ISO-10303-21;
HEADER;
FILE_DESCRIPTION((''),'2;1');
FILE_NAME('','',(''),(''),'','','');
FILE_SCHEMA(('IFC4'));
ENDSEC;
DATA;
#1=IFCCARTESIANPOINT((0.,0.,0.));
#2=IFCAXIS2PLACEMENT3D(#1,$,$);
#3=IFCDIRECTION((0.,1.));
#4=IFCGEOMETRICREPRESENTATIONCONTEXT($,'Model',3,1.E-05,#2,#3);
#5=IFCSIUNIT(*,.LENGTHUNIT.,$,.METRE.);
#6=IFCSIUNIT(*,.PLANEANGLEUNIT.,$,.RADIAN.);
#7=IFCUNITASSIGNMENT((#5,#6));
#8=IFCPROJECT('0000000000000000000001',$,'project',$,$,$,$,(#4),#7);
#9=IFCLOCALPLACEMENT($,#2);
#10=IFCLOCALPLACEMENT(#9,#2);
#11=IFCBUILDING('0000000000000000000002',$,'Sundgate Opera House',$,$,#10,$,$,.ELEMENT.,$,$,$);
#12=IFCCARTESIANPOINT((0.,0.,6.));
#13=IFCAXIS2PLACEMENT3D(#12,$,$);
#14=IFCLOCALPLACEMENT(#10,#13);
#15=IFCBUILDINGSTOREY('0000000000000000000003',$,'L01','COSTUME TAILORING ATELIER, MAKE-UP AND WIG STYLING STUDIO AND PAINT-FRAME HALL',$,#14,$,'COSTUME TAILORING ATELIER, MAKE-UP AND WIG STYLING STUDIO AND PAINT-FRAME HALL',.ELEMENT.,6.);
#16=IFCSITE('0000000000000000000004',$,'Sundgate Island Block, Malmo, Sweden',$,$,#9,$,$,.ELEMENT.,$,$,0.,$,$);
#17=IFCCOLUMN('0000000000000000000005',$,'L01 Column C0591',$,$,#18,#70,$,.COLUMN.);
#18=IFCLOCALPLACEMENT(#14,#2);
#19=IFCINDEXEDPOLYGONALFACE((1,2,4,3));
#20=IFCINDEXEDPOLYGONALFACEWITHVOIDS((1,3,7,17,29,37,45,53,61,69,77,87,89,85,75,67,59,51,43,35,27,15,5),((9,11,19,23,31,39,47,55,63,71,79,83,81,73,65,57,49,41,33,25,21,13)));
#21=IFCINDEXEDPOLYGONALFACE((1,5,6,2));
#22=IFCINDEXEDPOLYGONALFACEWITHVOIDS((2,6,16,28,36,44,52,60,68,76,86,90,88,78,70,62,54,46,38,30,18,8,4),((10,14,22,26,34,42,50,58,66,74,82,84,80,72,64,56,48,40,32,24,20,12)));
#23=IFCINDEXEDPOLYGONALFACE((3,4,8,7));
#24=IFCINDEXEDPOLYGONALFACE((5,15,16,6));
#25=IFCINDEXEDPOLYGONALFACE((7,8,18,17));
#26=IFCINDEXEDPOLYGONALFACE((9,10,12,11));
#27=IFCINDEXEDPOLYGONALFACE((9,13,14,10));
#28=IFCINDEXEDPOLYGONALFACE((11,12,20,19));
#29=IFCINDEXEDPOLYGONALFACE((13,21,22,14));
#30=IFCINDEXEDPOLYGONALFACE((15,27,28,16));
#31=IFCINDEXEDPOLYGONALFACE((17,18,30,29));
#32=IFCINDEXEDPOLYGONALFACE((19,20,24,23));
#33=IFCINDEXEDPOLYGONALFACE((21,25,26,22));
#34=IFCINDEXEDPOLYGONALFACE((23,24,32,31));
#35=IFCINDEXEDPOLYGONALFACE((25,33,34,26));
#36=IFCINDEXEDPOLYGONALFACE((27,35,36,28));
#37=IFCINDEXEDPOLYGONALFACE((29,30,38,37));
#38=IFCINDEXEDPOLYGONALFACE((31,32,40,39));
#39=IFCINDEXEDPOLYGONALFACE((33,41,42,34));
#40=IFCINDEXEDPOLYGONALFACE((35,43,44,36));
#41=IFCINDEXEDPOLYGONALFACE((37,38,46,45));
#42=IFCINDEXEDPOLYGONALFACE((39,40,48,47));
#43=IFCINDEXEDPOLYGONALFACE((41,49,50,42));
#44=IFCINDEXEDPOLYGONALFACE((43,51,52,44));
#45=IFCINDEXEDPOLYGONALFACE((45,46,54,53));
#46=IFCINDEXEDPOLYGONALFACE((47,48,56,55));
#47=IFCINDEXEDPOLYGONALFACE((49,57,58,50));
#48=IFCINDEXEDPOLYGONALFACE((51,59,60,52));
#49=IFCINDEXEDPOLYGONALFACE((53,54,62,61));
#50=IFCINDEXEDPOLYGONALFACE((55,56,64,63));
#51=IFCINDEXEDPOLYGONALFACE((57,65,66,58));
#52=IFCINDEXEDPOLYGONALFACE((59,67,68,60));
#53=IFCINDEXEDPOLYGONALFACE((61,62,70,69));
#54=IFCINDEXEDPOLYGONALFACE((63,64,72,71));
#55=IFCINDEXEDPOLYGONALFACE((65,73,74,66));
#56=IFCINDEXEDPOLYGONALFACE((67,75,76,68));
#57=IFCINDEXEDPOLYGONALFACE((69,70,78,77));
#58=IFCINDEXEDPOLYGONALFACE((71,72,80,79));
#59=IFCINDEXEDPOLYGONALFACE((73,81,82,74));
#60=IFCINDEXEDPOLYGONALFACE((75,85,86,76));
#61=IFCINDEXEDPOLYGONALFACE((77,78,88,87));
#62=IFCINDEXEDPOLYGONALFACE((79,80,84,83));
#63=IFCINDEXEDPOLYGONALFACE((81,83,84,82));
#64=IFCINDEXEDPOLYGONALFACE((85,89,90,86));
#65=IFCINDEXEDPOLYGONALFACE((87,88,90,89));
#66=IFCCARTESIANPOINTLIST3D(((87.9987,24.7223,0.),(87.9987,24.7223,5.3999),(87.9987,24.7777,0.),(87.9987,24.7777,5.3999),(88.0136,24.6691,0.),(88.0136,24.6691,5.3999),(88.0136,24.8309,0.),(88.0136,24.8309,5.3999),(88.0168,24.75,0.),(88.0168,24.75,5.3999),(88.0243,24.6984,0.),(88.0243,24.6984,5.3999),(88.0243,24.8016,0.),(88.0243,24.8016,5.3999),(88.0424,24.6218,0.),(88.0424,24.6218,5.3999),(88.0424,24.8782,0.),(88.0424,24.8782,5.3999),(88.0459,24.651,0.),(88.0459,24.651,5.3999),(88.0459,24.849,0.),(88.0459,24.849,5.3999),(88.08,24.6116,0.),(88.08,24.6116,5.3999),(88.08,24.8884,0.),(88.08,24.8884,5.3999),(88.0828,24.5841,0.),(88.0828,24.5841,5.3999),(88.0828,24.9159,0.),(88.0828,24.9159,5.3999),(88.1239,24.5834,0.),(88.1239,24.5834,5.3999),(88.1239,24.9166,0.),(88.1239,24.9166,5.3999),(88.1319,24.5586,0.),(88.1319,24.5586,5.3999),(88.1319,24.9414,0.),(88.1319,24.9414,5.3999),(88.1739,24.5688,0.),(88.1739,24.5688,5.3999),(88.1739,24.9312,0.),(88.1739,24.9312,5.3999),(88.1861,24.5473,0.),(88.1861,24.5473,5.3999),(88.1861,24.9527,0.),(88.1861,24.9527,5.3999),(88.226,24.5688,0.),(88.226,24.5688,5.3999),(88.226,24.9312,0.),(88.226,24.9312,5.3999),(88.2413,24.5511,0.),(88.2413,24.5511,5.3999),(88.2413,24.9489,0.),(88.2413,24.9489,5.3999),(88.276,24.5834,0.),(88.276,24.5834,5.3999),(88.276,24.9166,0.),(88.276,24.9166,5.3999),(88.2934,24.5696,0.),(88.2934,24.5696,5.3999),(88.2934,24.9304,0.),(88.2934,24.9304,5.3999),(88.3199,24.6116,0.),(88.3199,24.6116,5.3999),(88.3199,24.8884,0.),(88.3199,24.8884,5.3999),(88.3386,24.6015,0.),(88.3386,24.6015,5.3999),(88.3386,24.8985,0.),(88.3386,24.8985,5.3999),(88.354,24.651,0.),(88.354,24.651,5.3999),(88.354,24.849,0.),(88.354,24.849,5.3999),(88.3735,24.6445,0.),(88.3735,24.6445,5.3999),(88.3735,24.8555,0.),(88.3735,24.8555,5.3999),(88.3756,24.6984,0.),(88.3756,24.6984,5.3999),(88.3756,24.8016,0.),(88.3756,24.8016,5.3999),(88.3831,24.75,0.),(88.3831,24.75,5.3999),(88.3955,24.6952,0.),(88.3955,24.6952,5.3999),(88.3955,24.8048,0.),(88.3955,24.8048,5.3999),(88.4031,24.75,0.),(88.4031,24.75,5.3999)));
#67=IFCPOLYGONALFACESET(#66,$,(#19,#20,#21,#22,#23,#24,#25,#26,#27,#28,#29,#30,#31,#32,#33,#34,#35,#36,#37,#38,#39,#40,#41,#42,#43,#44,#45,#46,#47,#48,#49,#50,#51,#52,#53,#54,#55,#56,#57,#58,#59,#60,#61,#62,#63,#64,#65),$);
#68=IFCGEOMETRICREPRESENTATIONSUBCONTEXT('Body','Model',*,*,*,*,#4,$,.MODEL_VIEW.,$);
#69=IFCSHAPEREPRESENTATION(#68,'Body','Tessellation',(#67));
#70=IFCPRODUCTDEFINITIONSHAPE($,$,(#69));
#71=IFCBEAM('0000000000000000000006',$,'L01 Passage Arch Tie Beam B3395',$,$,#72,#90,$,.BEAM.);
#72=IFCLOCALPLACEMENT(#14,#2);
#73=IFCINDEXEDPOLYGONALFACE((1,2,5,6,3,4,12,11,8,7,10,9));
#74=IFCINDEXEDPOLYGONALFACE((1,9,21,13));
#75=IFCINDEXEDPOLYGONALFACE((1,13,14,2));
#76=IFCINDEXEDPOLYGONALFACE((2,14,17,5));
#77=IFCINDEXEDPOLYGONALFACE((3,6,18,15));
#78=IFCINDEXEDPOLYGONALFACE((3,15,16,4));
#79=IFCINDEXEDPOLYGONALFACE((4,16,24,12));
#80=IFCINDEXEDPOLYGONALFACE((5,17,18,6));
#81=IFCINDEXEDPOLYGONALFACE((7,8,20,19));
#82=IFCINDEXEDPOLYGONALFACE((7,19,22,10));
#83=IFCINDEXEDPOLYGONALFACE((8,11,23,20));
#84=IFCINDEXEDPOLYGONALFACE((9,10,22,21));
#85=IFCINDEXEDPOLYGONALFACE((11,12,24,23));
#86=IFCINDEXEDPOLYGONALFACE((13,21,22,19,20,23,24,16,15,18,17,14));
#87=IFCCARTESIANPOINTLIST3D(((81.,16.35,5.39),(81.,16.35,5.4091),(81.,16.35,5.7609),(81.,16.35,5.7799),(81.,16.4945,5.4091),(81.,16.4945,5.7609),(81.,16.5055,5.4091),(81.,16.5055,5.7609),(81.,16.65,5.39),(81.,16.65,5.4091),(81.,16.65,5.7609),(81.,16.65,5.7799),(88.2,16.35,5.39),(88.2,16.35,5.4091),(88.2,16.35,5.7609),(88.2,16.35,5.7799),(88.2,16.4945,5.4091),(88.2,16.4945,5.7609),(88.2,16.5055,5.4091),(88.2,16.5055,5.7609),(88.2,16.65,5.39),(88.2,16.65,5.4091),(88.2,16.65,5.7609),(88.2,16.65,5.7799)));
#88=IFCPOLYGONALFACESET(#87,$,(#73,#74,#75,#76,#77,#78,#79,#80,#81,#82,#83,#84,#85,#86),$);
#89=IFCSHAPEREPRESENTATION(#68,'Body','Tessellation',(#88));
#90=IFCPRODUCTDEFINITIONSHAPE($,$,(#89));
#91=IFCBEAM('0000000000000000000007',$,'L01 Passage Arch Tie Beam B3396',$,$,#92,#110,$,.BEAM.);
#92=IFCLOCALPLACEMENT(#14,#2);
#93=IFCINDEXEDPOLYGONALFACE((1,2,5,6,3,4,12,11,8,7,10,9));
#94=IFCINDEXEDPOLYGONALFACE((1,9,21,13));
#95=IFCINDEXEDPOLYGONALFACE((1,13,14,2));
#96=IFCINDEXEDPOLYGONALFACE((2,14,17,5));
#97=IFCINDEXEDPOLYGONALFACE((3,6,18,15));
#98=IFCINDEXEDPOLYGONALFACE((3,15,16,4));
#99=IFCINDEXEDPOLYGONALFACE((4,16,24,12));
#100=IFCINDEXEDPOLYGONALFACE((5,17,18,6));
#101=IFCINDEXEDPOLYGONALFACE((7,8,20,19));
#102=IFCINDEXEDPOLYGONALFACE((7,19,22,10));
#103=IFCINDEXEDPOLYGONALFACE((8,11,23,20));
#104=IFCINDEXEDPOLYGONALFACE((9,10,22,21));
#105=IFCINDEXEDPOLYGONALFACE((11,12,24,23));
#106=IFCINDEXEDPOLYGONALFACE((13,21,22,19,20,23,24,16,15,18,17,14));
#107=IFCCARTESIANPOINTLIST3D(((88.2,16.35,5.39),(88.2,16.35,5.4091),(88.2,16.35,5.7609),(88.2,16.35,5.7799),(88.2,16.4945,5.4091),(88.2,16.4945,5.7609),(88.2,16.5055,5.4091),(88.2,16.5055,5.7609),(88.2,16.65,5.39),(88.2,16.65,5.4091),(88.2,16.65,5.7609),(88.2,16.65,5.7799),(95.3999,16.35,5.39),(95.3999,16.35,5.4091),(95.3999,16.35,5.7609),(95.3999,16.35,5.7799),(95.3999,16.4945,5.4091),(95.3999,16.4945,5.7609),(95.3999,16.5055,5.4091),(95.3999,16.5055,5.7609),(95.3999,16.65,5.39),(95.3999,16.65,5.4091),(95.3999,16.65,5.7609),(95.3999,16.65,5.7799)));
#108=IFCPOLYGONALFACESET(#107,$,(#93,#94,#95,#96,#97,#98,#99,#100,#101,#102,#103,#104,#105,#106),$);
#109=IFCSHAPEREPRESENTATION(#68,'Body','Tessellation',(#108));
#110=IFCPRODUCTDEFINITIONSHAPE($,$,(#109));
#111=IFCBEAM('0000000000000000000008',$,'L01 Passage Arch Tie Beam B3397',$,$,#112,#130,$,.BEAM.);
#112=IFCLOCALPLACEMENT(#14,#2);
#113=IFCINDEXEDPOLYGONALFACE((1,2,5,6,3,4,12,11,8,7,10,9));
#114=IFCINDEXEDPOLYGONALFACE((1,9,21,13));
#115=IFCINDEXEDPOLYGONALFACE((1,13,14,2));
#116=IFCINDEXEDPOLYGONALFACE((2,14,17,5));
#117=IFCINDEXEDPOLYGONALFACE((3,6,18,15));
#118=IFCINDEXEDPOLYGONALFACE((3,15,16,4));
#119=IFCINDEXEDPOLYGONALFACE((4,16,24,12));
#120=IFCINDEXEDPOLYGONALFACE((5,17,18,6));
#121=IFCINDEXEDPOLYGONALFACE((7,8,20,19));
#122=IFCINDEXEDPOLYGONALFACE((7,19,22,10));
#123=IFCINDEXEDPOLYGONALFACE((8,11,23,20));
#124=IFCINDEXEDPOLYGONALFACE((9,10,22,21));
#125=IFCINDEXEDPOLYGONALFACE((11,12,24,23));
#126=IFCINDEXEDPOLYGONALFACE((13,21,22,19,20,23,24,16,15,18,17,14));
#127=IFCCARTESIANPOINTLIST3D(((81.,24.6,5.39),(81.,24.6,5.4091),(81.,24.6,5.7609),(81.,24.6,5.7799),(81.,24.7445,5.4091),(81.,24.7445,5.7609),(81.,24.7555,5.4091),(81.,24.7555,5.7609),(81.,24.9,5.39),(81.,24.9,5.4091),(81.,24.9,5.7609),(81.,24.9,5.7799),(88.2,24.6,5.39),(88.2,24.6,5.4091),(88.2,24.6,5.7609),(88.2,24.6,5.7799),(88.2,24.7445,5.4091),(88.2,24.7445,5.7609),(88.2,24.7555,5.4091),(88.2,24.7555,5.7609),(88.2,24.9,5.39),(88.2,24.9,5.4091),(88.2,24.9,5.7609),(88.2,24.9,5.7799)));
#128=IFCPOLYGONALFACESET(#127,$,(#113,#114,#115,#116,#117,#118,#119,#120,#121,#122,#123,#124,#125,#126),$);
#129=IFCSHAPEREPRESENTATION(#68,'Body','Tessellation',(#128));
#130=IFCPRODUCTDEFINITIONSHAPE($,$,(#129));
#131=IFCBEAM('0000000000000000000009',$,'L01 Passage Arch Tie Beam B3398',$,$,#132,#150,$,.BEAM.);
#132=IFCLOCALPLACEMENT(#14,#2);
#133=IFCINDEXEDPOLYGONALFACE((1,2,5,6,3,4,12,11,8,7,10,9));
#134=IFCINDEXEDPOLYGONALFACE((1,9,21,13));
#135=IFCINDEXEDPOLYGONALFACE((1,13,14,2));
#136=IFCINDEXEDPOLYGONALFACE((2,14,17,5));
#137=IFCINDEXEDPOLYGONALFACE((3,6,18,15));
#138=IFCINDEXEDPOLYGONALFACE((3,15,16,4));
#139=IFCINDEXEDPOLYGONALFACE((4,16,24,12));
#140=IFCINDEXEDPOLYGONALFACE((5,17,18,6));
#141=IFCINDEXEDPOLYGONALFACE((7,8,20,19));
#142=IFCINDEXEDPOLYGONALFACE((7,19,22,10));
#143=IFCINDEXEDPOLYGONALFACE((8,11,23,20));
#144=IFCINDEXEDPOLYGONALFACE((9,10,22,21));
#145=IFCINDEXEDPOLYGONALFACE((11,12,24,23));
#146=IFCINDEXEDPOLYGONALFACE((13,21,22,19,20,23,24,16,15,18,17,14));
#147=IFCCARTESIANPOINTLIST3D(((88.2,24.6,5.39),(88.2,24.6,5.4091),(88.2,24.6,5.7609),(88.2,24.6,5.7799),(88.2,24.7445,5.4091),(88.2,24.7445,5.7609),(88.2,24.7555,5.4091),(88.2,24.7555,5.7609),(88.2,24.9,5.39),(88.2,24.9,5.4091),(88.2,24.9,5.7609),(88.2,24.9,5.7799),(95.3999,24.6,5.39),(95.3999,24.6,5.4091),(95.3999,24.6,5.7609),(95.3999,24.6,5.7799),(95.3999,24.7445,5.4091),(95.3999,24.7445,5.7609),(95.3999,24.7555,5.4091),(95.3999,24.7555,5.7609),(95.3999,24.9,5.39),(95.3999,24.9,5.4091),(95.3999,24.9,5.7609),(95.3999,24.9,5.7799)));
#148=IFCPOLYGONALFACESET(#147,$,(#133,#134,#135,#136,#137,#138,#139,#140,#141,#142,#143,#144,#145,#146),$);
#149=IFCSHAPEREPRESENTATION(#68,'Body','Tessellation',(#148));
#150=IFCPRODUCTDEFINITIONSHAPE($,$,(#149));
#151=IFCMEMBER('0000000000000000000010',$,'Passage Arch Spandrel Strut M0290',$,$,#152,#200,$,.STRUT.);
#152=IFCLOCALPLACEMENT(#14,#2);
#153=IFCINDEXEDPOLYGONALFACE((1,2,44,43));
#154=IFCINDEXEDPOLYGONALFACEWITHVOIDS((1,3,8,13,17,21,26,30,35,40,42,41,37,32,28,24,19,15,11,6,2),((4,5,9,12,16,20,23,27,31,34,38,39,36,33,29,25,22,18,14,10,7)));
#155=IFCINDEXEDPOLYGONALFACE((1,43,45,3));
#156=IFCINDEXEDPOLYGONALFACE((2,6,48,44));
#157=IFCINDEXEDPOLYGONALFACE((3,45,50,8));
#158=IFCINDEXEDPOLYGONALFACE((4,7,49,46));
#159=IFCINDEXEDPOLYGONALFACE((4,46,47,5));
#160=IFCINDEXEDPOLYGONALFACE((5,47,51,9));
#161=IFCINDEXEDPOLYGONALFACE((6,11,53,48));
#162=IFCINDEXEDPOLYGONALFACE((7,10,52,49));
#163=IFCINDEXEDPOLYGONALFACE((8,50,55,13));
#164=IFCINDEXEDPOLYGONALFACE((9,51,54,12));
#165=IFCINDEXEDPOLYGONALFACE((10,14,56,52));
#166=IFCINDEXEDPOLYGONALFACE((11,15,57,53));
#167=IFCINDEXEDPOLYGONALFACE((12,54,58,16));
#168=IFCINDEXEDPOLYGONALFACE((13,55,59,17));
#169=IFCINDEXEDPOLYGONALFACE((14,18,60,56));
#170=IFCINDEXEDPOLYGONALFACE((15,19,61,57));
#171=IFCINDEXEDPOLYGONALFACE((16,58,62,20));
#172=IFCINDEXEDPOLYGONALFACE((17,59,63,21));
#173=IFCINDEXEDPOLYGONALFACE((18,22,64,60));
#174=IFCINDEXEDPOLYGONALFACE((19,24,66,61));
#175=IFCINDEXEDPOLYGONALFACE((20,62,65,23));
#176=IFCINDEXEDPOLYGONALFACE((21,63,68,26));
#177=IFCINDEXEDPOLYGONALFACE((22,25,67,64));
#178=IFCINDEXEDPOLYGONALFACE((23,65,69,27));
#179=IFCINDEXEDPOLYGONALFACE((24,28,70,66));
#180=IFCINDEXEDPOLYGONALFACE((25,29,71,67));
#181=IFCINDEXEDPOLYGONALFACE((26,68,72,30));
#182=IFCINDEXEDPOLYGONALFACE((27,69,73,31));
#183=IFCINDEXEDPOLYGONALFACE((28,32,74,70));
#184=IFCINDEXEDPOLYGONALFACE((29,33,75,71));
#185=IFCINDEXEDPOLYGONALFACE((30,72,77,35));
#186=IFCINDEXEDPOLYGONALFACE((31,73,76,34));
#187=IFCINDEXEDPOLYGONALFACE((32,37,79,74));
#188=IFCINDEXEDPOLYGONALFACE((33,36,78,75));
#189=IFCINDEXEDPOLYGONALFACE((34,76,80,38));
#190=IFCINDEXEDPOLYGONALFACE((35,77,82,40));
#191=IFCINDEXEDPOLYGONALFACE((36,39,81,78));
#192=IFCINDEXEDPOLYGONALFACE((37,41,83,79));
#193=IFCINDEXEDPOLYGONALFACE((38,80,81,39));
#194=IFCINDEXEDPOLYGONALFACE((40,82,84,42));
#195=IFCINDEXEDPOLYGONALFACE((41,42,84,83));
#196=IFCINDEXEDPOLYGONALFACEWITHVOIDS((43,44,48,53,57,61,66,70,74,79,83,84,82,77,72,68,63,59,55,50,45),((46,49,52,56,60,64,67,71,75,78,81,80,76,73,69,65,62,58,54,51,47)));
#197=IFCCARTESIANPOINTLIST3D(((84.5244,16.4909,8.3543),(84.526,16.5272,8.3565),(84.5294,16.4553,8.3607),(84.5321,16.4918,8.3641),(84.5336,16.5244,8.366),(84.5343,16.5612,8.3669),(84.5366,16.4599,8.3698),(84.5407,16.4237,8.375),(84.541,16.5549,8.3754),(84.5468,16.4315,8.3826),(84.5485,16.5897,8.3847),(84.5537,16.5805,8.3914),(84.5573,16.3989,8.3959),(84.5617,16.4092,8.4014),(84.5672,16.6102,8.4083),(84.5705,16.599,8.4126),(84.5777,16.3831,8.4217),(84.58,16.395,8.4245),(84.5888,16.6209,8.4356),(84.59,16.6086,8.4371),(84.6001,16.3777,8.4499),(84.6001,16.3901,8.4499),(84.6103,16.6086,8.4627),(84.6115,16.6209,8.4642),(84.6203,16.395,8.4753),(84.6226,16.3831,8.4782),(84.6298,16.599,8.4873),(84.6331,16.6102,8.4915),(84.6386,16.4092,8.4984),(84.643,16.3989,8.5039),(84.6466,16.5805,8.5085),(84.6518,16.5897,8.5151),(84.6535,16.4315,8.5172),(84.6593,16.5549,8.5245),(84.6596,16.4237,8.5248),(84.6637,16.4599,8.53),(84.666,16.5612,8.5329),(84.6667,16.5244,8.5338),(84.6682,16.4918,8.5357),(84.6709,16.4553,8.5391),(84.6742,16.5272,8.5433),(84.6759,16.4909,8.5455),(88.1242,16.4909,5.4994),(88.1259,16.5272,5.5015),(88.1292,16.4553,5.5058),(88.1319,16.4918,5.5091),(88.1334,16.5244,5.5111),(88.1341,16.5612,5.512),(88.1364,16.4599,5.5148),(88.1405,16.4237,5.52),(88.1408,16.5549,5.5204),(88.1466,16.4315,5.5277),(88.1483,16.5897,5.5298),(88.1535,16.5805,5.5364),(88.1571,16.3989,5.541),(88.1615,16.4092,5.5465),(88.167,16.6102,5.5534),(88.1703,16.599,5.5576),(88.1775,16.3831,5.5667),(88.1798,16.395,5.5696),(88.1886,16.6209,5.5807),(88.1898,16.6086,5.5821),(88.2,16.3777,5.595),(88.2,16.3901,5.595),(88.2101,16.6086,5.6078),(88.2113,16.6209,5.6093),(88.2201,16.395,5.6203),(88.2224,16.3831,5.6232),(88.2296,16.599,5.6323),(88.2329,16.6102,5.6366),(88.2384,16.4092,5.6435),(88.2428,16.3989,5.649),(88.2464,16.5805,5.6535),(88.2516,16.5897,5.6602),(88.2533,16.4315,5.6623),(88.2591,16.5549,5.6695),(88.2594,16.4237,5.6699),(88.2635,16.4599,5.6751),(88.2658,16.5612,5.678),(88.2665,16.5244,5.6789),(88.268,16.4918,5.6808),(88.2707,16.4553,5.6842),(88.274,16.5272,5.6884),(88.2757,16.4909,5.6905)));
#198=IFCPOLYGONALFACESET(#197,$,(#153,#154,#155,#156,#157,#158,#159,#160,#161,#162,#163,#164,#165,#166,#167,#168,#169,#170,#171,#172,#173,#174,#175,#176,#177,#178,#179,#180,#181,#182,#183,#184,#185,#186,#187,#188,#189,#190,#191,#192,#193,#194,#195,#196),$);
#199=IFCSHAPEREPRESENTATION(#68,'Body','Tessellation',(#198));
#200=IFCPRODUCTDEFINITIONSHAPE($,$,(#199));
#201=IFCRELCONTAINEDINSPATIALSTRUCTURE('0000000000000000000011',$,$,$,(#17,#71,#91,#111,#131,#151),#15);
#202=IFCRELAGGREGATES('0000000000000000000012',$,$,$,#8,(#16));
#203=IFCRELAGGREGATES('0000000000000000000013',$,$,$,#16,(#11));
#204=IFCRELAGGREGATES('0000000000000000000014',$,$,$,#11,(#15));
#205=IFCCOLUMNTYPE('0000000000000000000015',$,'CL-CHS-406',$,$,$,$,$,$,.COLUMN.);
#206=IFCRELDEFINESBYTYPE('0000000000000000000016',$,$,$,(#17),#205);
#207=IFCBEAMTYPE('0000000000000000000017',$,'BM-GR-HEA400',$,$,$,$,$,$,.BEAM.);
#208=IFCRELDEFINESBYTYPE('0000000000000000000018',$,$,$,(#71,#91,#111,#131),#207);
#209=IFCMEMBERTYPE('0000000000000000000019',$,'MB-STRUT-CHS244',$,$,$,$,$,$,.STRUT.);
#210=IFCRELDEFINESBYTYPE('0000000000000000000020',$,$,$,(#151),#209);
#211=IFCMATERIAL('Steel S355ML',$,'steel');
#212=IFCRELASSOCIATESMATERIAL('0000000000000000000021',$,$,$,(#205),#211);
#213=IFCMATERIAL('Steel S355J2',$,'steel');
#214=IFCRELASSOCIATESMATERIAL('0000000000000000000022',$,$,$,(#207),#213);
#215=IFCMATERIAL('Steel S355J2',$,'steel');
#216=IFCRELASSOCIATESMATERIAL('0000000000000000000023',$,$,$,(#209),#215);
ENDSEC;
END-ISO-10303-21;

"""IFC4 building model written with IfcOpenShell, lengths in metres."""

from ifc_helpers import new_model, si_unit, direction, frame, origin, origin_2d, place, context, subcontext, project, spatial, hollow_circle, i_section, extrude, material, material_profile, profile_set, type_object, element, save


model = new_model("IFC4")

# Units and contexts
model_context = context("Model", 3, precision=1e-05, world=origin(), true_north=direction((0.0, 1.0)))
body_context = subcontext(model_context, "Body", "Model", "MODEL_VIEW")
ifc_project = project(units=[si_unit("LENGTHUNIT", "METRE"), si_unit("PLANEANGLEUNIT", "RADIAN")], contexts=[model_context])

# Site, building, storey
site_placement = place(None, origin())
site = spatial("IfcSite", under=ifc_project, at=site_placement, Name="Sundgate Island Block, Malmo, Sweden", CompositionType="ELEMENT", RefElevation=0.0)
building_placement = place(site_placement, origin())
building = spatial("IfcBuilding", under=site, at=building_placement, Name="Sundgate Opera House", CompositionType="ELEMENT")
storey_placement = place(building_placement, frame((0.0, 0.0, 6.0)))
storey = spatial("IfcBuildingStorey", under=building, at=storey_placement, Name="L01", Description="COSTUME TAILORING ATELIER, MAKE-UP AND WIG STYLING STUDIO AND PAINT-FRAME HALL", LongName="COSTUME TAILORING ATELIER, MAKE-UP AND WIG STYLING STUDIO AND PAINT-FRAME HALL", CompositionType="ELEMENT", Elevation=6.0)

# Column
ifc_material_1 = material(Name="Steel S355ML", Category="steel")
ifc_material_profile_1 = material_profile(ifc_material_1, hollow_circle(Radius=0.2031, WallThickness=0.02, at=origin_2d()), Name="CHS 406.4x20.0")
ifc_profile_set_1 = profile_set([ifc_material_profile_1], Name="Steel S355ML")
column_type = type_object("IfcColumnType", Name="CL-CHS-406", PredefinedType="COLUMN", material=ifc_profile_set_1)
for number, where, z_axis, x_axis, name in (
    (1, (88.2, 24.75, 0.0), (0.0, 0.0, 1.0), (1.0, 0.0, 0.0), "L01 Column C0591"),
):
    element("IfcColumn", number, at=place(storey_placement, frame(where, z_axis=z_axis, x_axis=x_axis)), inside=storey, type_object=column_type, Name=name, PredefinedType="COLUMN", context=body_context, shape_type="SweptSolid", body=[
        extrude(hollow_circle(Radius=0.2031, WallThickness=0.02, at=origin_2d()), origin(), (0.0, 0.0, 1.0), 5.3999),
    ])

# Beams
ifc_material_2 = material(Name="Steel S355J2", Category="steel")
ifc_material_profile_2 = material_profile(ifc_material_2, i_section(OverallWidth=0.3, OverallDepth=0.3899, WebThickness=0.011, FlangeThickness=0.019, at=origin_2d()), Name="HEA 400")
ifc_profile_set_2 = profile_set([ifc_material_profile_2], Name="Steel S355J2")
beam_type = type_object("IfcBeamType", Name="BM-GR-HEA400", PredefinedType="BEAM", material=ifc_profile_set_2)
for number, where, z_axis, x_axis, name in (
    (2, (81.0, 16.5, 5.585), (1.0, 0.0, 0.0), (0.0, 1.0, 0.0), "L01 Passage Arch Tie Beam B3395"),
    (3, (88.2, 16.5, 5.585), (1.0, 0.0, 0.0), (0.0, 1.0, 0.0), "L01 Passage Arch Tie Beam B3396"),
    (4, (81.0, 24.75, 5.585), (1.0, 0.0, 0.0), (0.0, 1.0, 0.0), "L01 Passage Arch Tie Beam B3397"),
    (5, (88.2, 24.75, 5.585), (1.0, 0.0, 0.0), (0.0, 1.0, 0.0), "L01 Passage Arch Tie Beam B3398"),
):
    element("IfcBeam", number, at=place(storey_placement, frame(where, z_axis=z_axis, x_axis=x_axis)), inside=storey, type_object=beam_type, Name=name, PredefinedType="BEAM", context=body_context, shape_type="SweptSolid", body=[
        extrude(i_section(OverallWidth=0.3, OverallDepth=0.3899, WebThickness=0.011, FlangeThickness=0.019, at=origin_2d()), origin(), (0.0, 0.0, 1.0), 7.2),
    ])

# Member
ifc_material_3 = material(Name="Steel S355J2", Category="steel")
ifc_material_profile_3 = material_profile(ifc_material_3, hollow_circle(Radius=0.1223, WallThickness=0.0125, at=origin_2d()), Name="CHS 244.5x12.5")
ifc_profile_set_3 = profile_set([ifc_material_profile_3], Name="Steel S355J2")
member_type = type_object("IfcMemberType", Name="MB-STRUT-CHS244", PredefinedType="STRUT", material=ifc_profile_set_3)
member_1_placement = place(storey_placement, frame((88.2, 16.5, 5.595), z_axis=(-0.783506, 0.0, 0.621385), x_axis=(0.0, -1.0, 0.0)))
element("IfcMember", 6, at=member_1_placement, inside=storey, type_object=member_type, Name="Passage Arch Spandrel Strut M0290", PredefinedType="STRUT", context=body_context, shape_type="SweptSolid", body=[
    extrude(hollow_circle(Radius=0.1223, WallThickness=0.0125, at=origin_2d()), origin(), (0.0, 0.0, 1.0), 4.5945),
])

save(model, "model.ifc")
